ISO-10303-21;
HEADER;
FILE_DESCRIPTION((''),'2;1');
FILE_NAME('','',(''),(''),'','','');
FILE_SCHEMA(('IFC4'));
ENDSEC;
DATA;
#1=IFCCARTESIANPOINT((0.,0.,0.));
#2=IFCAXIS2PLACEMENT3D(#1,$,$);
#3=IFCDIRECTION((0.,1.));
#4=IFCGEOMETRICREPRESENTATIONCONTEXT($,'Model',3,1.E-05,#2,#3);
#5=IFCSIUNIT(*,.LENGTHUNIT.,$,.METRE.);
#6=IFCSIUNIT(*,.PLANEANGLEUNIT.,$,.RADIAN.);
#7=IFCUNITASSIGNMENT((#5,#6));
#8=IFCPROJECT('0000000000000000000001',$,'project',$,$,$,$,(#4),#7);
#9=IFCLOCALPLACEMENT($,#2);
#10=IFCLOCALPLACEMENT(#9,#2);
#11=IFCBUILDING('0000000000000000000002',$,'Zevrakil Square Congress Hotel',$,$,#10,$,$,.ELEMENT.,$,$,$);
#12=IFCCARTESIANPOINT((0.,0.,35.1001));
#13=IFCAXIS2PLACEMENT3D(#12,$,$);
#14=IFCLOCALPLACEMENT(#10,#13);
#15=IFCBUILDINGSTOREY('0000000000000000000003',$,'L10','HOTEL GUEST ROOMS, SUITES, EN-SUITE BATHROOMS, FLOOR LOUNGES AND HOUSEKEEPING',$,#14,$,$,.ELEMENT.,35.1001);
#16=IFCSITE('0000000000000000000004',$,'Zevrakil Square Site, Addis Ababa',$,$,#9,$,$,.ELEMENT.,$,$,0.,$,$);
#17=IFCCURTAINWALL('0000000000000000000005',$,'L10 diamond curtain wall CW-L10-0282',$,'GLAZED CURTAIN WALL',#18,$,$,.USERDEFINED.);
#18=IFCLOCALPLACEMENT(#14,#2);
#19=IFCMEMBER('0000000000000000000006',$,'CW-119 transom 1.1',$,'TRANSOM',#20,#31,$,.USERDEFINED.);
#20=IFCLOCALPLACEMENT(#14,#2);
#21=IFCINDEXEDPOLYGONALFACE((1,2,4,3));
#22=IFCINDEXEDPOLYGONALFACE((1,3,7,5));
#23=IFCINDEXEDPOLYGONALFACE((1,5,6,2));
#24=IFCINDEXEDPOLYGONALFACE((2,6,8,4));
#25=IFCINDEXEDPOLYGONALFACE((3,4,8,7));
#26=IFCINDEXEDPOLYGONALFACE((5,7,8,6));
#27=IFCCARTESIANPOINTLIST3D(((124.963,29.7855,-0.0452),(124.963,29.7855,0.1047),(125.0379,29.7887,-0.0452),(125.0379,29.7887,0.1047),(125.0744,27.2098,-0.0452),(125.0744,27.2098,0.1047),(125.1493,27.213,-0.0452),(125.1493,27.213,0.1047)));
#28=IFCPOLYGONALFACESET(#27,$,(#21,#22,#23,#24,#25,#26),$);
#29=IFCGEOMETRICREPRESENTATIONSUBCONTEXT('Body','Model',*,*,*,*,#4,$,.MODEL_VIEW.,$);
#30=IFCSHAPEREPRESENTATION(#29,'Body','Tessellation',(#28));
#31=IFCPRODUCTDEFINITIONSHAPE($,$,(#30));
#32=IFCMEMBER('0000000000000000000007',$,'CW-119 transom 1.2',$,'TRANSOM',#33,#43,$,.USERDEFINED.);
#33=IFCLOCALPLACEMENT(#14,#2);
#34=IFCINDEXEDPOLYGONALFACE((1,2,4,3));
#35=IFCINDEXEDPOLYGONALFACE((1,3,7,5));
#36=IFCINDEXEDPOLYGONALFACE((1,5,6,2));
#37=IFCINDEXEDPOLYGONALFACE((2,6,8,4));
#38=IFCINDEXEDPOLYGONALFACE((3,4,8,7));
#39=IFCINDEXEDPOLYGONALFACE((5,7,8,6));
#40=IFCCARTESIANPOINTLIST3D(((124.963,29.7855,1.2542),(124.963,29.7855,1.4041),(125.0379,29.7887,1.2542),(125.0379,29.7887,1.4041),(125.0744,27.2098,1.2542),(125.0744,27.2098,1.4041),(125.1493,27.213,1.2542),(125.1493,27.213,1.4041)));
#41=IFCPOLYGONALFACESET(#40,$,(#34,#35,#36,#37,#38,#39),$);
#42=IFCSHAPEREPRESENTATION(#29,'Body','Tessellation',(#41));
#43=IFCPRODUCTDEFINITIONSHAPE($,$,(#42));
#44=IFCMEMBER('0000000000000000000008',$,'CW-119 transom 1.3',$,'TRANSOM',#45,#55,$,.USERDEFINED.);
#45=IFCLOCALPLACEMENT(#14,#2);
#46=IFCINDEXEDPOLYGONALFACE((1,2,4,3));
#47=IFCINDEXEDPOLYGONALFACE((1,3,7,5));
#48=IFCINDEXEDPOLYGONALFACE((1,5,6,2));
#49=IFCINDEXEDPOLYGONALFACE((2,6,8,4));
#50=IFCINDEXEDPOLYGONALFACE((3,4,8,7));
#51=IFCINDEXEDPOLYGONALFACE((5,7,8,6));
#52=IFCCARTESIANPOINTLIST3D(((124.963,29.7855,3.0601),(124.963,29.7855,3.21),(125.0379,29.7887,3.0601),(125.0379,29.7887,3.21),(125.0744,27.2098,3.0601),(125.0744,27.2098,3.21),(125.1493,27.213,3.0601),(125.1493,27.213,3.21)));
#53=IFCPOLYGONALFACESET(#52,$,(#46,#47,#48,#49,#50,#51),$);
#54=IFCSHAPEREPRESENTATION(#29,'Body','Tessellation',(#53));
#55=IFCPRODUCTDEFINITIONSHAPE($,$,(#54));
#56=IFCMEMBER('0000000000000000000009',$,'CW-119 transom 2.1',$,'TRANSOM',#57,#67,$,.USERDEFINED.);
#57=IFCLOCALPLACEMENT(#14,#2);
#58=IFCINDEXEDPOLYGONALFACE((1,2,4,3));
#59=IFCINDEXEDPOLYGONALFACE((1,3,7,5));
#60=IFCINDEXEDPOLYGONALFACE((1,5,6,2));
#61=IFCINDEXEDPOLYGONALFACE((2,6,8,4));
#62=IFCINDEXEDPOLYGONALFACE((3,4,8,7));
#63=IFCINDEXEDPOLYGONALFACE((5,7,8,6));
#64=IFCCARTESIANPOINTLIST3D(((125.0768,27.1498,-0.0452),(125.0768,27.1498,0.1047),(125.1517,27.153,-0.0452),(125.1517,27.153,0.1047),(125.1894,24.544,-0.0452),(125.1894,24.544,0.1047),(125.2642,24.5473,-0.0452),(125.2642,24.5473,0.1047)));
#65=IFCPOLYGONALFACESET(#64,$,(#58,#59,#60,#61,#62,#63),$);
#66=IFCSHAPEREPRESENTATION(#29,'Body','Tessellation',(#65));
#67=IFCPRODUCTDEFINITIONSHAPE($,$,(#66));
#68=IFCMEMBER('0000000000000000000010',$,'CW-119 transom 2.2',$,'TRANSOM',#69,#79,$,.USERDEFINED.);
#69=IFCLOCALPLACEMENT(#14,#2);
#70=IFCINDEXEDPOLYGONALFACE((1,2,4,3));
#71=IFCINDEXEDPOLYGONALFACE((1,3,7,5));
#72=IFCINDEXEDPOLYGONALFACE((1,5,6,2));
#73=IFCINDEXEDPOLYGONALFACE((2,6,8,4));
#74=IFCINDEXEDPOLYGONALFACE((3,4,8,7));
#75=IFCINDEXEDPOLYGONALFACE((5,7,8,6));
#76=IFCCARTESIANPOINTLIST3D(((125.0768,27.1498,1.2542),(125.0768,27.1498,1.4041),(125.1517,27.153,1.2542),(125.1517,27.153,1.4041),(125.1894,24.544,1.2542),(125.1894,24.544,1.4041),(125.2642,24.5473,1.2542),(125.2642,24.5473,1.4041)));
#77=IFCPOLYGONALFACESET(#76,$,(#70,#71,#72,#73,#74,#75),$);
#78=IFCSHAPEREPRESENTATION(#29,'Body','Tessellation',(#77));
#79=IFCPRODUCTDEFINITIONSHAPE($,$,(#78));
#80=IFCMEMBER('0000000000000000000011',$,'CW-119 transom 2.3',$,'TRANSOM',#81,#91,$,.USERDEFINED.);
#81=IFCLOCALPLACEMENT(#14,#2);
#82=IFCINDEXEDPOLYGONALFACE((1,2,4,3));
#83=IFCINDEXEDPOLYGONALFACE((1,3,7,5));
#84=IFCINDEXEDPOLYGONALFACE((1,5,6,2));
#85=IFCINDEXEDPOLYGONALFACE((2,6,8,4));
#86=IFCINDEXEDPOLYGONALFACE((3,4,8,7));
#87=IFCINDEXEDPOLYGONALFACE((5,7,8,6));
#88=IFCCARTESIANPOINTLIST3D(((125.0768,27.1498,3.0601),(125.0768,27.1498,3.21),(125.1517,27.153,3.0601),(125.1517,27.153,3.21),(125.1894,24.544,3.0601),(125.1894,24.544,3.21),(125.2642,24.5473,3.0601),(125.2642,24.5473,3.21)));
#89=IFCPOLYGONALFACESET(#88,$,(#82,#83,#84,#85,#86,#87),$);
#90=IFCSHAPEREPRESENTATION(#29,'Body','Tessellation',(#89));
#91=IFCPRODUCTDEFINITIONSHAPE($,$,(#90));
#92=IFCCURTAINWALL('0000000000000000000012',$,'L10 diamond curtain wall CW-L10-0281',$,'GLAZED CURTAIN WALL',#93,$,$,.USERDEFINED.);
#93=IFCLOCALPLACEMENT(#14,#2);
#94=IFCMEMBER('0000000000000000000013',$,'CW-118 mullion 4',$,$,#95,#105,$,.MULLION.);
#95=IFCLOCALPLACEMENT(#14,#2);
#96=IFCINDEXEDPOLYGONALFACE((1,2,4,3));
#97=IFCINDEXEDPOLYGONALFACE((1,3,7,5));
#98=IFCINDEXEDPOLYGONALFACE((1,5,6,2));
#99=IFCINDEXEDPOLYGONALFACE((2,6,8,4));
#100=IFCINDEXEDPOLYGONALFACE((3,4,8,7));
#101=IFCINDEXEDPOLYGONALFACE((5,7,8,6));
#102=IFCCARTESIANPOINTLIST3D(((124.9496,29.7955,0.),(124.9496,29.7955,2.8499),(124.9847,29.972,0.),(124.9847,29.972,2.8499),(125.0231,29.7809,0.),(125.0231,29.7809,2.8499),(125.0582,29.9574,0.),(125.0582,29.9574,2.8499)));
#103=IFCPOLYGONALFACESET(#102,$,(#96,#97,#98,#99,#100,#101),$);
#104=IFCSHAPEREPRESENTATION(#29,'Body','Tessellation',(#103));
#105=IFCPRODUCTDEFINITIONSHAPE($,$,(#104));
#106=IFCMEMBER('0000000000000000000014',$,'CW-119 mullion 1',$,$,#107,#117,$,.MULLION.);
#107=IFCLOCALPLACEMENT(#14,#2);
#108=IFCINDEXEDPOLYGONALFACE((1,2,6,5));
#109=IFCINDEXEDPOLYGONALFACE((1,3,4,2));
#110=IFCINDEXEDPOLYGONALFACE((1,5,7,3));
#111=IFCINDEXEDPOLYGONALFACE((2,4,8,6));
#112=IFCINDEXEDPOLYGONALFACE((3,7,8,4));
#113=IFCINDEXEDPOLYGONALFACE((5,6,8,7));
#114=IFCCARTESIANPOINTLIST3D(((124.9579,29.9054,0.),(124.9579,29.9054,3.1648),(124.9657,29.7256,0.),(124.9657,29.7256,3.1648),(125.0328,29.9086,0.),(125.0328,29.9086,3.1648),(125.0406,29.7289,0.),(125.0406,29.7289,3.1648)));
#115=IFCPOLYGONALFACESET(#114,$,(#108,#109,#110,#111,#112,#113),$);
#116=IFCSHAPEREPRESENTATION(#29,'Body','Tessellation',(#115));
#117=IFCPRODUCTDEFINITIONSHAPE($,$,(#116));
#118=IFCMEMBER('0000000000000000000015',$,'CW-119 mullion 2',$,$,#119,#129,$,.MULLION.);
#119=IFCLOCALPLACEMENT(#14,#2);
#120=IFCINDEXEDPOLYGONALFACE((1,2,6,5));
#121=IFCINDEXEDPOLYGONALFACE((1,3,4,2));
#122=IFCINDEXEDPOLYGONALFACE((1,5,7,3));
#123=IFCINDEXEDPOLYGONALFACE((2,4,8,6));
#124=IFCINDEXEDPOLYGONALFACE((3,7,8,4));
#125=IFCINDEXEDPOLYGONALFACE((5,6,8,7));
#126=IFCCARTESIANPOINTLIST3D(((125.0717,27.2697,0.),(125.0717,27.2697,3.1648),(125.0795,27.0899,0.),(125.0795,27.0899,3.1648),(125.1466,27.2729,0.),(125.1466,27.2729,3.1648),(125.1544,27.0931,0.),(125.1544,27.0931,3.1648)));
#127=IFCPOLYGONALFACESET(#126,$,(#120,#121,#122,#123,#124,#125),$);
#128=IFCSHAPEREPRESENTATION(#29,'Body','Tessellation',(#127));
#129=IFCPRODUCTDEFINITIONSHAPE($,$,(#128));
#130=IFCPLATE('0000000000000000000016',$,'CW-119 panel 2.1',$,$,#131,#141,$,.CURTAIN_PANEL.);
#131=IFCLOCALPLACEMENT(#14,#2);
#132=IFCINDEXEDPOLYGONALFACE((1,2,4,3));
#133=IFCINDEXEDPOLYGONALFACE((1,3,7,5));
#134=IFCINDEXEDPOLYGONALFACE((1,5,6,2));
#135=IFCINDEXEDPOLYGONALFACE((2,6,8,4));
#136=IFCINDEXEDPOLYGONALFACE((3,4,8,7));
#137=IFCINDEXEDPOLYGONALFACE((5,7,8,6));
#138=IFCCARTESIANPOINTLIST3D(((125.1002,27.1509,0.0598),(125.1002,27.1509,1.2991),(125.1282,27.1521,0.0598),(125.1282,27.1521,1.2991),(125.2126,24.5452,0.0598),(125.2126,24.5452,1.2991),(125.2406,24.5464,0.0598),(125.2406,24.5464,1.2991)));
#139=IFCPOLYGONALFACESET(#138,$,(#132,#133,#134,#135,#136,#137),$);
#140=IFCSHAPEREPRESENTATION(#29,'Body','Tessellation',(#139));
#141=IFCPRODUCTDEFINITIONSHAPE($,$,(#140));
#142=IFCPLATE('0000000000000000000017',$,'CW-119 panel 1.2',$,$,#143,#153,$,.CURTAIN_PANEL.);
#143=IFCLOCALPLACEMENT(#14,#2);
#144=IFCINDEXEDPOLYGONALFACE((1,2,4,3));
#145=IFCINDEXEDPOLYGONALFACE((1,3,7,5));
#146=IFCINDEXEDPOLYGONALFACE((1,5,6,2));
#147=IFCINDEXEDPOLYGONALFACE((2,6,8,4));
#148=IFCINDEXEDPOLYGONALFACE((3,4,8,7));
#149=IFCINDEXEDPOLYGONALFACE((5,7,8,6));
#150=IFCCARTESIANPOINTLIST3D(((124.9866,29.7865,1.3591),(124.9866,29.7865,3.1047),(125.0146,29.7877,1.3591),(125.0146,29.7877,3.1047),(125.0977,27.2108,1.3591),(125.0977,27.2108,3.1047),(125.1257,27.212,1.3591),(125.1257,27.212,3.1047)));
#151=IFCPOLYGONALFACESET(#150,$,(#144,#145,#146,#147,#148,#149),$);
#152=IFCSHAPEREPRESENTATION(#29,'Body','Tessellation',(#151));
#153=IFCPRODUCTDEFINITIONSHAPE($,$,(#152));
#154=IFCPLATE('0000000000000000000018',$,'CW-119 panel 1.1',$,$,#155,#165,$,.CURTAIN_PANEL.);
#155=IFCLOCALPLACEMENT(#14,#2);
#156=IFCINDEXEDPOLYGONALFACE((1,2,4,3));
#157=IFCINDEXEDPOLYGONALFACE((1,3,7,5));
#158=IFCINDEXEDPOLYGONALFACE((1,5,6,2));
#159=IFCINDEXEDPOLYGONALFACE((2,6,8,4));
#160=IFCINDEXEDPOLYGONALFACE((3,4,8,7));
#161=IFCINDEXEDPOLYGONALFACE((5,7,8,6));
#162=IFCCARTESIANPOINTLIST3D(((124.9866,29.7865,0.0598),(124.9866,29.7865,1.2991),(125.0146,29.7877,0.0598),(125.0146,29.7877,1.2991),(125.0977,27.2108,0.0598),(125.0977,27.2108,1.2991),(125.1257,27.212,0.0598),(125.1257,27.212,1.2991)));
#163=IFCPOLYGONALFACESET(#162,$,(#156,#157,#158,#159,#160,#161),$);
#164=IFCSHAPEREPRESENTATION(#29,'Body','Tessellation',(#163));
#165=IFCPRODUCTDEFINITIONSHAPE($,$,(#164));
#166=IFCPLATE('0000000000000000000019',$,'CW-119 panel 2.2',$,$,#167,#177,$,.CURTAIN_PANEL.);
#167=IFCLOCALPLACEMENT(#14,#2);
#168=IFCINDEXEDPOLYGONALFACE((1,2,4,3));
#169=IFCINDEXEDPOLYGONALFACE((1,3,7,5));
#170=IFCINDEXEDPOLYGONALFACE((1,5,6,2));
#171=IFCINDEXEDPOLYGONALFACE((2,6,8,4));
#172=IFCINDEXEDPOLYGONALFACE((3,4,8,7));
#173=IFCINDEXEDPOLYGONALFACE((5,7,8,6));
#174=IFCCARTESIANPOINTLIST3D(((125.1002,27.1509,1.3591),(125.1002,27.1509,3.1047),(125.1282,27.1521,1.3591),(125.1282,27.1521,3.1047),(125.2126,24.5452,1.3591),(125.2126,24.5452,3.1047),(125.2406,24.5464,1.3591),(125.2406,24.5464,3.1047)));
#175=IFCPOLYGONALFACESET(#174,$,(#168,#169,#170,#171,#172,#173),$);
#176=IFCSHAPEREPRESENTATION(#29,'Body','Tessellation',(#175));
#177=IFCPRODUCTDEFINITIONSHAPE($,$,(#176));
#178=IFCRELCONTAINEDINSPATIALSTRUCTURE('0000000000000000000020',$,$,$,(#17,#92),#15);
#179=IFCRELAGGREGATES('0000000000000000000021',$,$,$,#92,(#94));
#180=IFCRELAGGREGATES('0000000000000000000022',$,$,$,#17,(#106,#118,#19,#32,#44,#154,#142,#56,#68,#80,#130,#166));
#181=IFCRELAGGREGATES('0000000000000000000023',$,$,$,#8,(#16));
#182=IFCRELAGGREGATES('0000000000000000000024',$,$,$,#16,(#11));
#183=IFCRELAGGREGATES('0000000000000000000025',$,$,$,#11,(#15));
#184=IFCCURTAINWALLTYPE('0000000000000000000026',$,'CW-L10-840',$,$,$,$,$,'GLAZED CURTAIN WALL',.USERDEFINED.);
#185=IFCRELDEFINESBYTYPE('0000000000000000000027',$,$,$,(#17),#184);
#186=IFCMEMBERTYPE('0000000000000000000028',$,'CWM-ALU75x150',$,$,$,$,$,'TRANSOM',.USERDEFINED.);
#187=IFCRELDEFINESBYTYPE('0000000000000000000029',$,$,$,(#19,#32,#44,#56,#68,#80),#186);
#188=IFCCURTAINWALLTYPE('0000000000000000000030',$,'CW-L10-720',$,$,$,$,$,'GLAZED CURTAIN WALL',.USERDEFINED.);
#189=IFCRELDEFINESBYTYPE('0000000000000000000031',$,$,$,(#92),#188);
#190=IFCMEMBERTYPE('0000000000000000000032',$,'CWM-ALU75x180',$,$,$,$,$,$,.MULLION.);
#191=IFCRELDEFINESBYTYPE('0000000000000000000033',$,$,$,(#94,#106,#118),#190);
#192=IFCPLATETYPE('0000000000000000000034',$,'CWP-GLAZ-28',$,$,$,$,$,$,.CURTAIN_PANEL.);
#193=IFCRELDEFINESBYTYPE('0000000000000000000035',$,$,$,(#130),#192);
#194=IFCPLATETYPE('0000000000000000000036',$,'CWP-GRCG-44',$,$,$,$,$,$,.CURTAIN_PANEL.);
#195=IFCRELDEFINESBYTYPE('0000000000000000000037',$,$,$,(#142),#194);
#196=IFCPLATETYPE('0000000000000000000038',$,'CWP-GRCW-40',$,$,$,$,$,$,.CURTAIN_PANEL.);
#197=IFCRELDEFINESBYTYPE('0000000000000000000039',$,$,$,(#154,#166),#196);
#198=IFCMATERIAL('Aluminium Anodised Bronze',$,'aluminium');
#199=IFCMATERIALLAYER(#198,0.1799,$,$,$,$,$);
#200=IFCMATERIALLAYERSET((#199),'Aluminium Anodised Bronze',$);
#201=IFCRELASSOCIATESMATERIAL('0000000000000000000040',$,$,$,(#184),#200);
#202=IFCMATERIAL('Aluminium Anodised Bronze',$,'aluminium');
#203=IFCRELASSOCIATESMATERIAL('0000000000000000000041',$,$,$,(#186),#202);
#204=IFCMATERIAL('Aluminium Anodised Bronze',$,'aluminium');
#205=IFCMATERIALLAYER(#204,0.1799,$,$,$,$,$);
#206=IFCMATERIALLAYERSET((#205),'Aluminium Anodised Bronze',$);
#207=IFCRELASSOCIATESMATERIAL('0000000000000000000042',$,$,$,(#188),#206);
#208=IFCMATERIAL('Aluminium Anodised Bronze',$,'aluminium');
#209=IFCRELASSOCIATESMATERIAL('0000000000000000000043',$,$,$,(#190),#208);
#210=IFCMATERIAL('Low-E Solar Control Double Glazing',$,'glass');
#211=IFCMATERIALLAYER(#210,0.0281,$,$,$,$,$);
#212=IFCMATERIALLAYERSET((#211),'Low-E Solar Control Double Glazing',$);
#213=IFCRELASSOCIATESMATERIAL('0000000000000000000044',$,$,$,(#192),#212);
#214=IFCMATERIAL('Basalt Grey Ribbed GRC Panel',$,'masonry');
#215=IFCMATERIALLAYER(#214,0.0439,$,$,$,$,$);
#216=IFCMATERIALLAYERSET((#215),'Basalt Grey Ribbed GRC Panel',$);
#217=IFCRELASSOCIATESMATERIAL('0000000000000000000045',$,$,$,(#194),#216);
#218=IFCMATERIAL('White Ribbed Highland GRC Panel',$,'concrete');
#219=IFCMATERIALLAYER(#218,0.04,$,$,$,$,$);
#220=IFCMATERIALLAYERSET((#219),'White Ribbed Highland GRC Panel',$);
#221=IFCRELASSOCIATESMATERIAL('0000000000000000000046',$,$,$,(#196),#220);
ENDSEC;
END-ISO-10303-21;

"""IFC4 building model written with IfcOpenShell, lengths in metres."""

from ifc_helpers import new_model, si_unit, direction, frame, origin, origin_2d, place, context, subcontext, project, spatial, rectangle, extrude, material, layer, layer_set, material_profile, profile_set, type_object, element, aggregate, save


model = new_model("IFC4")

# Units and contexts
model_context = context("Model", 3, precision=1e-05, world=origin(), true_north=direction((0.0, 1.0)))
body_context = subcontext(model_context, "Body", "Model", "MODEL_VIEW")
ifc_project = project(units=[si_unit("LENGTHUNIT", "METRE"), si_unit("PLANEANGLEUNIT", "RADIAN")], contexts=[model_context])

# Site, building, storey
site_placement = place(None, origin())
site = spatial("IfcSite", under=ifc_project, at=site_placement, Name="Zevrakil Square Site, Addis Ababa", CompositionType="ELEMENT", RefElevation=0.0)
building_placement = place(site_placement, origin())
building = spatial("IfcBuilding", under=site, at=building_placement, Name="Zevrakil Square Congress Hotel", CompositionType="ELEMENT")
storey_placement = place(building_placement, frame((0.0, 0.0, 35.1001)))
storey = spatial("IfcBuildingStorey", under=building, at=storey_placement, Name="L10", Description="HOTEL GUEST ROOMS, SUITES, EN-SUITE BATHROOMS, FLOOR LOUNGES AND HOUSEKEEPING", CompositionType="ELEMENT", Elevation=35.1001)

# Curtain wall, members
ifc_material_1 = material(Name="Aluminium Anodised Bronze", Category="aluminium")
ifc_layer_1 = layer(ifc_material_1, 0.1799)
ifc_layer_set_1 = layer_set([ifc_layer_1], Name="Aluminium Anodised Bronze")
curtain_wall_type_1 = type_object("IfcCurtainWallType", Name="CW-L10-840", ElementType="GLAZED CURTAIN WALL", PredefinedType="USERDEFINED", material=ifc_layer_set_1)
curtain_wall_1_placement = place(storey_placement, origin())
curtain_wall_1 = element("IfcCurtainWall", 1, at=curtain_wall_1_placement, inside=storey, type_object=curtain_wall_type_1, Name="L10 diamond curtain wall CW-L10-0282", ObjectType="GLAZED CURTAIN WALL", PredefinedType="USERDEFINED")
ifc_material_2 = material(Name="Aluminium Anodised Bronze", Category="aluminium")
ifc_material_profile_1 = material_profile(ifc_material_2, rectangle(XDim=0.075, YDim=0.1499, at=origin_2d()), Name="ALU 75x150")
ifc_profile_set_1 = profile_set([ifc_material_profile_1], Name="Aluminium Anodised Bronze")
member_type_1 = type_object("IfcMemberType", Name="CWM-ALU75x150", ElementType="TRANSOM", PredefinedType="USERDEFINED", material=ifc_profile_set_1)
member_1_placement = place(storey_placement, frame((125.0005, 29.7871, 0.0298), z_axis=(0.043182, -0.999067, 0.0), x_axis=(0.999067, 0.043182, 0.0)))
member_1 = element("IfcMember", 2, at=member_1_placement, type_object=member_type_1, Name="CW-119 transom 1.1", ObjectType="TRANSOM", PredefinedType="USERDEFINED", context=body_context, shape_type="SweptSolid", body=[
    extrude(rectangle(XDim=0.075, YDim=0.1499, at=origin_2d()), origin(), (0.0, 0.0, 1.0), 2.5781),
])
member_2_placement = place(storey_placement, frame((125.0005, 29.7871, 1.3291), z_axis=(0.043182, -0.999067, 0.0), x_axis=(0.999067, 0.043182, 0.0)))
member_2 = element("IfcMember", 3, at=member_2_placement, type_object=member_type_1, Name="CW-119 transom 1.2", ObjectType="TRANSOM", PredefinedType="USERDEFINED", context=body_context, shape_type="SweptSolid", body=[
    extrude(rectangle(XDim=0.075, YDim=0.1499, at=origin_2d()), origin(), (0.0, 0.0, 1.0), 2.5781),
])
member_3_placement = place(storey_placement, frame((125.0005, 29.7871, 3.135), z_axis=(0.043182, -0.999067, 0.0), x_axis=(0.999067, 0.043182, 0.0)))
member_3 = element("IfcMember", 4, at=member_3_placement, type_object=member_type_1, Name="CW-119 transom 1.3", ObjectType="TRANSOM", PredefinedType="USERDEFINED", context=body_context, shape_type="SweptSolid", body=[
    extrude(rectangle(XDim=0.075, YDim=0.1499, at=origin_2d()), origin(), (0.0, 0.0, 1.0), 2.5781),
])
member_4_placement = place(storey_placement, frame((125.1143, 27.1514, 0.0298), z_axis=(0.043153, -0.999068, 0.0), x_axis=(0.999068, 0.043153, 0.0)))
member_4 = element("IfcMember", 5, at=member_4_placement, type_object=member_type_1, Name="CW-119 transom 2.1", ObjectType="TRANSOM", PredefinedType="USERDEFINED", context=body_context, shape_type="SweptSolid", body=[
    extrude(rectangle(XDim=0.075, YDim=0.1499, at=origin_2d()), origin(), (0.0, 0.0, 1.0), 2.6082),
])
member_5_placement = place(storey_placement, frame((125.1143, 27.1514, 1.3291), z_axis=(0.043153, -0.999068, 0.0), x_axis=(0.999068, 0.043153, 0.0)))
member_5 = element("IfcMember", 6, at=member_5_placement, type_object=member_type_1, Name="CW-119 transom 2.2", ObjectType="TRANSOM", PredefinedType="USERDEFINED", context=body_context, shape_type="SweptSolid", body=[
    extrude(rectangle(XDim=0.075, YDim=0.1499, at=origin_2d()), origin(), (0.0, 0.0, 1.0), 2.6082),
])
member_6_placement = place(storey_placement, frame((125.1143, 27.1514, 3.135), z_axis=(0.043153, -0.999068, 0.0), x_axis=(0.999068, 0.043153, 0.0)))
member_6 = element("IfcMember", 7, at=member_6_placement, type_object=member_type_1, Name="CW-119 transom 2.3", ObjectType="TRANSOM", PredefinedType="USERDEFINED", context=body_context, shape_type="SweptSolid", body=[
    extrude(rectangle(XDim=0.075, YDim=0.1499, at=origin_2d()), origin(), (0.0, 0.0, 1.0), 2.6082),
])

# Curtain wall, member
ifc_material_3 = material(Name="Aluminium Anodised Bronze", Category="aluminium")
ifc_layer_2 = layer(ifc_material_3, 0.1799)
ifc_layer_set_2 = layer_set([ifc_layer_2], Name="Aluminium Anodised Bronze")
curtain_wall_type_2 = type_object("IfcCurtainWallType", Name="CW-L10-720", ElementType="GLAZED CURTAIN WALL", PredefinedType="USERDEFINED", material=ifc_layer_set_2)
curtain_wall_2_placement = place(storey_placement, origin())
curtain_wall_2 = element("IfcCurtainWall", 8, at=curtain_wall_2_placement, inside=storey, type_object=curtain_wall_type_2, Name="L10 diamond curtain wall CW-L10-0281", ObjectType="GLAZED CURTAIN WALL", PredefinedType="USERDEFINED")
ifc_material_4 = material(Name="Aluminium Anodised Bronze", Category="aluminium")
ifc_material_profile_2 = material_profile(ifc_material_4, rectangle(XDim=0.075, YDim=0.1799, at=origin_2d()), Name="ALU 75x180")
ifc_profile_set_2 = profile_set([ifc_material_profile_2], Name="Aluminium Anodised Bronze")
member_type_2 = type_object("IfcMemberType", Name="CWM-ALU75x180", PredefinedType="MULLION", material=ifc_profile_set_2)
member_7_placement = place(storey_placement, frame((125.0039, 29.8765, 0.0), z_axis=(0.0, 0.0, 1.0), x_axis=(0.980787, -0.195084, 0.0)))
member_7 = element("IfcMember", 9, at=member_7_placement, type_object=member_type_2, Name="CW-118 mullion 4", PredefinedType="MULLION", context=body_context, shape_type="SweptSolid", body=[
    extrude(rectangle(XDim=0.075, YDim=0.1799, at=origin_2d()), origin(), (0.0, 0.0, 1.0), 2.8499),
])
aggregate(curtain_wall_2, [member_7])

# Members
member_8_placement = place(storey_placement, frame((124.9993, 29.8171, 0.0), z_axis=(0.0, 0.0, 1.0), x_axis=(0.999071, 0.043102, 0.0)))
member_8 = element("IfcMember", 10, at=member_8_placement, type_object=member_type_2, Name="CW-119 mullion 1", PredefinedType="MULLION", context=body_context, shape_type="SweptSolid", body=[
    extrude(rectangle(XDim=0.075, YDim=0.1799, at=origin_2d()), origin(), (0.0, 0.0, 1.0), 3.1648),
])
member_9_placement = place(storey_placement, frame((125.113, 27.1814, 0.0), z_axis=(0.0, 0.0, 1.0), x_axis=(0.999071, 0.043102, 0.0)))
member_9 = element("IfcMember", 11, at=member_9_placement, type_object=member_type_2, Name="CW-119 mullion 2", PredefinedType="MULLION", context=body_context, shape_type="SweptSolid", body=[
    extrude(rectangle(XDim=0.075, YDim=0.1799, at=origin_2d()), origin(), (0.0, 0.0, 1.0), 3.1648),
])

# Plates
ifc_material_5 = material(Name="Low-E Solar Control Double Glazing", Category="glass")
ifc_layer_3 = layer(ifc_material_5, 0.0281)
ifc_layer_set_3 = layer_set([ifc_layer_3], Name="Low-E Solar Control Double Glazing")
plate_type_1 = type_object("IfcPlateType", Name="CWP-GLAZ-28", PredefinedType="CURTAIN_PANEL", material=ifc_layer_set_3)
plate_1_placement = place(storey_placement, frame((125.1704, 25.8486, 0.0598), z_axis=(0.0, 0.0, 1.0), x_axis=(0.043102, -0.999071, 0.0)))
plate_1 = element("IfcPlate", 12, at=plate_1_placement, type_object=plate_type_1, Name="CW-119 panel 2.1", PredefinedType="CURTAIN_PANEL", context=body_context, shape_type="SweptSolid", body=[
    extrude(rectangle(XDim=2.6082, YDim=0.0281, at=origin_2d()), origin(), (0.0, 0.0, 1.0), 1.2393),
])
ifc_material_6 = material(Name="Basalt Grey Ribbed GRC Panel", Category="masonry")
ifc_layer_4 = layer(ifc_material_6, 0.0439)
ifc_layer_set_4 = layer_set([ifc_layer_4], Name="Basalt Grey Ribbed GRC Panel")
plate_type_2 = type_object("IfcPlateType", Name="CWP-GRCG-44", PredefinedType="CURTAIN_PANEL", material=ifc_layer_set_4)
plate_2_placement = place(storey_placement, frame((125.0562, 28.4993, 1.3591), z_axis=(0.0, 0.0, 1.0), x_axis=(0.043102, -0.999071, 0.0)))
plate_2 = element("IfcPlate", 13, at=plate_2_placement, type_object=plate_type_2, Name="CW-119 panel 1.2", PredefinedType="CURTAIN_PANEL", context=body_context, shape_type="SweptSolid", body=[
    extrude(rectangle(XDim=2.5781, YDim=0.0281, at=origin_2d()), origin(), (0.0, 0.0, 1.0), 1.7456),
])
ifc_material_7 = material(Name="White Ribbed Highland GRC Panel", Category="concrete")
ifc_layer_5 = layer(ifc_material_7, 0.04)
ifc_layer_set_5 = layer_set([ifc_layer_5], Name="White Ribbed Highland GRC Panel")
plate_type_3 = type_object("IfcPlateType", Name="CWP-GRCW-40", PredefinedType="CURTAIN_PANEL", material=ifc_layer_set_5)
plate_3_placement = place(storey_placement, frame((125.0562, 28.4993, 0.0598), z_axis=(0.0, 0.0, 1.0), x_axis=(0.043102, -0.999071, 0.0)))
plate_3 = element("IfcPlate", 14, at=plate_3_placement, type_object=plate_type_3, Name="CW-119 panel 1.1", PredefinedType="CURTAIN_PANEL", context=body_context, shape_type="SweptSolid", body=[
    extrude(rectangle(XDim=2.5781, YDim=0.0281, at=origin_2d()), origin(), (0.0, 0.0, 1.0), 1.2393),
])
plate_4_placement = place(storey_placement, frame((125.1704, 25.8486, 1.3591), z_axis=(0.0, 0.0, 1.0), x_axis=(0.043102, -0.999071, 0.0)))
plate_4 = element("IfcPlate", 15, at=plate_4_placement, type_object=plate_type_3, Name="CW-119 panel 2.2", PredefinedType="CURTAIN_PANEL", context=body_context, shape_type="SweptSolid", body=[
    extrude(rectangle(XDim=2.6082, YDim=0.0281, at=origin_2d()), origin(), (0.0, 0.0, 1.0), 1.7456),
])
aggregate(curtain_wall_1, [member_8, member_9, member_1, member_2, member_3, plate_3, plate_2, member_4, member_5, member_6, plate_1, plate_4])

save(model, "model.ifc")
